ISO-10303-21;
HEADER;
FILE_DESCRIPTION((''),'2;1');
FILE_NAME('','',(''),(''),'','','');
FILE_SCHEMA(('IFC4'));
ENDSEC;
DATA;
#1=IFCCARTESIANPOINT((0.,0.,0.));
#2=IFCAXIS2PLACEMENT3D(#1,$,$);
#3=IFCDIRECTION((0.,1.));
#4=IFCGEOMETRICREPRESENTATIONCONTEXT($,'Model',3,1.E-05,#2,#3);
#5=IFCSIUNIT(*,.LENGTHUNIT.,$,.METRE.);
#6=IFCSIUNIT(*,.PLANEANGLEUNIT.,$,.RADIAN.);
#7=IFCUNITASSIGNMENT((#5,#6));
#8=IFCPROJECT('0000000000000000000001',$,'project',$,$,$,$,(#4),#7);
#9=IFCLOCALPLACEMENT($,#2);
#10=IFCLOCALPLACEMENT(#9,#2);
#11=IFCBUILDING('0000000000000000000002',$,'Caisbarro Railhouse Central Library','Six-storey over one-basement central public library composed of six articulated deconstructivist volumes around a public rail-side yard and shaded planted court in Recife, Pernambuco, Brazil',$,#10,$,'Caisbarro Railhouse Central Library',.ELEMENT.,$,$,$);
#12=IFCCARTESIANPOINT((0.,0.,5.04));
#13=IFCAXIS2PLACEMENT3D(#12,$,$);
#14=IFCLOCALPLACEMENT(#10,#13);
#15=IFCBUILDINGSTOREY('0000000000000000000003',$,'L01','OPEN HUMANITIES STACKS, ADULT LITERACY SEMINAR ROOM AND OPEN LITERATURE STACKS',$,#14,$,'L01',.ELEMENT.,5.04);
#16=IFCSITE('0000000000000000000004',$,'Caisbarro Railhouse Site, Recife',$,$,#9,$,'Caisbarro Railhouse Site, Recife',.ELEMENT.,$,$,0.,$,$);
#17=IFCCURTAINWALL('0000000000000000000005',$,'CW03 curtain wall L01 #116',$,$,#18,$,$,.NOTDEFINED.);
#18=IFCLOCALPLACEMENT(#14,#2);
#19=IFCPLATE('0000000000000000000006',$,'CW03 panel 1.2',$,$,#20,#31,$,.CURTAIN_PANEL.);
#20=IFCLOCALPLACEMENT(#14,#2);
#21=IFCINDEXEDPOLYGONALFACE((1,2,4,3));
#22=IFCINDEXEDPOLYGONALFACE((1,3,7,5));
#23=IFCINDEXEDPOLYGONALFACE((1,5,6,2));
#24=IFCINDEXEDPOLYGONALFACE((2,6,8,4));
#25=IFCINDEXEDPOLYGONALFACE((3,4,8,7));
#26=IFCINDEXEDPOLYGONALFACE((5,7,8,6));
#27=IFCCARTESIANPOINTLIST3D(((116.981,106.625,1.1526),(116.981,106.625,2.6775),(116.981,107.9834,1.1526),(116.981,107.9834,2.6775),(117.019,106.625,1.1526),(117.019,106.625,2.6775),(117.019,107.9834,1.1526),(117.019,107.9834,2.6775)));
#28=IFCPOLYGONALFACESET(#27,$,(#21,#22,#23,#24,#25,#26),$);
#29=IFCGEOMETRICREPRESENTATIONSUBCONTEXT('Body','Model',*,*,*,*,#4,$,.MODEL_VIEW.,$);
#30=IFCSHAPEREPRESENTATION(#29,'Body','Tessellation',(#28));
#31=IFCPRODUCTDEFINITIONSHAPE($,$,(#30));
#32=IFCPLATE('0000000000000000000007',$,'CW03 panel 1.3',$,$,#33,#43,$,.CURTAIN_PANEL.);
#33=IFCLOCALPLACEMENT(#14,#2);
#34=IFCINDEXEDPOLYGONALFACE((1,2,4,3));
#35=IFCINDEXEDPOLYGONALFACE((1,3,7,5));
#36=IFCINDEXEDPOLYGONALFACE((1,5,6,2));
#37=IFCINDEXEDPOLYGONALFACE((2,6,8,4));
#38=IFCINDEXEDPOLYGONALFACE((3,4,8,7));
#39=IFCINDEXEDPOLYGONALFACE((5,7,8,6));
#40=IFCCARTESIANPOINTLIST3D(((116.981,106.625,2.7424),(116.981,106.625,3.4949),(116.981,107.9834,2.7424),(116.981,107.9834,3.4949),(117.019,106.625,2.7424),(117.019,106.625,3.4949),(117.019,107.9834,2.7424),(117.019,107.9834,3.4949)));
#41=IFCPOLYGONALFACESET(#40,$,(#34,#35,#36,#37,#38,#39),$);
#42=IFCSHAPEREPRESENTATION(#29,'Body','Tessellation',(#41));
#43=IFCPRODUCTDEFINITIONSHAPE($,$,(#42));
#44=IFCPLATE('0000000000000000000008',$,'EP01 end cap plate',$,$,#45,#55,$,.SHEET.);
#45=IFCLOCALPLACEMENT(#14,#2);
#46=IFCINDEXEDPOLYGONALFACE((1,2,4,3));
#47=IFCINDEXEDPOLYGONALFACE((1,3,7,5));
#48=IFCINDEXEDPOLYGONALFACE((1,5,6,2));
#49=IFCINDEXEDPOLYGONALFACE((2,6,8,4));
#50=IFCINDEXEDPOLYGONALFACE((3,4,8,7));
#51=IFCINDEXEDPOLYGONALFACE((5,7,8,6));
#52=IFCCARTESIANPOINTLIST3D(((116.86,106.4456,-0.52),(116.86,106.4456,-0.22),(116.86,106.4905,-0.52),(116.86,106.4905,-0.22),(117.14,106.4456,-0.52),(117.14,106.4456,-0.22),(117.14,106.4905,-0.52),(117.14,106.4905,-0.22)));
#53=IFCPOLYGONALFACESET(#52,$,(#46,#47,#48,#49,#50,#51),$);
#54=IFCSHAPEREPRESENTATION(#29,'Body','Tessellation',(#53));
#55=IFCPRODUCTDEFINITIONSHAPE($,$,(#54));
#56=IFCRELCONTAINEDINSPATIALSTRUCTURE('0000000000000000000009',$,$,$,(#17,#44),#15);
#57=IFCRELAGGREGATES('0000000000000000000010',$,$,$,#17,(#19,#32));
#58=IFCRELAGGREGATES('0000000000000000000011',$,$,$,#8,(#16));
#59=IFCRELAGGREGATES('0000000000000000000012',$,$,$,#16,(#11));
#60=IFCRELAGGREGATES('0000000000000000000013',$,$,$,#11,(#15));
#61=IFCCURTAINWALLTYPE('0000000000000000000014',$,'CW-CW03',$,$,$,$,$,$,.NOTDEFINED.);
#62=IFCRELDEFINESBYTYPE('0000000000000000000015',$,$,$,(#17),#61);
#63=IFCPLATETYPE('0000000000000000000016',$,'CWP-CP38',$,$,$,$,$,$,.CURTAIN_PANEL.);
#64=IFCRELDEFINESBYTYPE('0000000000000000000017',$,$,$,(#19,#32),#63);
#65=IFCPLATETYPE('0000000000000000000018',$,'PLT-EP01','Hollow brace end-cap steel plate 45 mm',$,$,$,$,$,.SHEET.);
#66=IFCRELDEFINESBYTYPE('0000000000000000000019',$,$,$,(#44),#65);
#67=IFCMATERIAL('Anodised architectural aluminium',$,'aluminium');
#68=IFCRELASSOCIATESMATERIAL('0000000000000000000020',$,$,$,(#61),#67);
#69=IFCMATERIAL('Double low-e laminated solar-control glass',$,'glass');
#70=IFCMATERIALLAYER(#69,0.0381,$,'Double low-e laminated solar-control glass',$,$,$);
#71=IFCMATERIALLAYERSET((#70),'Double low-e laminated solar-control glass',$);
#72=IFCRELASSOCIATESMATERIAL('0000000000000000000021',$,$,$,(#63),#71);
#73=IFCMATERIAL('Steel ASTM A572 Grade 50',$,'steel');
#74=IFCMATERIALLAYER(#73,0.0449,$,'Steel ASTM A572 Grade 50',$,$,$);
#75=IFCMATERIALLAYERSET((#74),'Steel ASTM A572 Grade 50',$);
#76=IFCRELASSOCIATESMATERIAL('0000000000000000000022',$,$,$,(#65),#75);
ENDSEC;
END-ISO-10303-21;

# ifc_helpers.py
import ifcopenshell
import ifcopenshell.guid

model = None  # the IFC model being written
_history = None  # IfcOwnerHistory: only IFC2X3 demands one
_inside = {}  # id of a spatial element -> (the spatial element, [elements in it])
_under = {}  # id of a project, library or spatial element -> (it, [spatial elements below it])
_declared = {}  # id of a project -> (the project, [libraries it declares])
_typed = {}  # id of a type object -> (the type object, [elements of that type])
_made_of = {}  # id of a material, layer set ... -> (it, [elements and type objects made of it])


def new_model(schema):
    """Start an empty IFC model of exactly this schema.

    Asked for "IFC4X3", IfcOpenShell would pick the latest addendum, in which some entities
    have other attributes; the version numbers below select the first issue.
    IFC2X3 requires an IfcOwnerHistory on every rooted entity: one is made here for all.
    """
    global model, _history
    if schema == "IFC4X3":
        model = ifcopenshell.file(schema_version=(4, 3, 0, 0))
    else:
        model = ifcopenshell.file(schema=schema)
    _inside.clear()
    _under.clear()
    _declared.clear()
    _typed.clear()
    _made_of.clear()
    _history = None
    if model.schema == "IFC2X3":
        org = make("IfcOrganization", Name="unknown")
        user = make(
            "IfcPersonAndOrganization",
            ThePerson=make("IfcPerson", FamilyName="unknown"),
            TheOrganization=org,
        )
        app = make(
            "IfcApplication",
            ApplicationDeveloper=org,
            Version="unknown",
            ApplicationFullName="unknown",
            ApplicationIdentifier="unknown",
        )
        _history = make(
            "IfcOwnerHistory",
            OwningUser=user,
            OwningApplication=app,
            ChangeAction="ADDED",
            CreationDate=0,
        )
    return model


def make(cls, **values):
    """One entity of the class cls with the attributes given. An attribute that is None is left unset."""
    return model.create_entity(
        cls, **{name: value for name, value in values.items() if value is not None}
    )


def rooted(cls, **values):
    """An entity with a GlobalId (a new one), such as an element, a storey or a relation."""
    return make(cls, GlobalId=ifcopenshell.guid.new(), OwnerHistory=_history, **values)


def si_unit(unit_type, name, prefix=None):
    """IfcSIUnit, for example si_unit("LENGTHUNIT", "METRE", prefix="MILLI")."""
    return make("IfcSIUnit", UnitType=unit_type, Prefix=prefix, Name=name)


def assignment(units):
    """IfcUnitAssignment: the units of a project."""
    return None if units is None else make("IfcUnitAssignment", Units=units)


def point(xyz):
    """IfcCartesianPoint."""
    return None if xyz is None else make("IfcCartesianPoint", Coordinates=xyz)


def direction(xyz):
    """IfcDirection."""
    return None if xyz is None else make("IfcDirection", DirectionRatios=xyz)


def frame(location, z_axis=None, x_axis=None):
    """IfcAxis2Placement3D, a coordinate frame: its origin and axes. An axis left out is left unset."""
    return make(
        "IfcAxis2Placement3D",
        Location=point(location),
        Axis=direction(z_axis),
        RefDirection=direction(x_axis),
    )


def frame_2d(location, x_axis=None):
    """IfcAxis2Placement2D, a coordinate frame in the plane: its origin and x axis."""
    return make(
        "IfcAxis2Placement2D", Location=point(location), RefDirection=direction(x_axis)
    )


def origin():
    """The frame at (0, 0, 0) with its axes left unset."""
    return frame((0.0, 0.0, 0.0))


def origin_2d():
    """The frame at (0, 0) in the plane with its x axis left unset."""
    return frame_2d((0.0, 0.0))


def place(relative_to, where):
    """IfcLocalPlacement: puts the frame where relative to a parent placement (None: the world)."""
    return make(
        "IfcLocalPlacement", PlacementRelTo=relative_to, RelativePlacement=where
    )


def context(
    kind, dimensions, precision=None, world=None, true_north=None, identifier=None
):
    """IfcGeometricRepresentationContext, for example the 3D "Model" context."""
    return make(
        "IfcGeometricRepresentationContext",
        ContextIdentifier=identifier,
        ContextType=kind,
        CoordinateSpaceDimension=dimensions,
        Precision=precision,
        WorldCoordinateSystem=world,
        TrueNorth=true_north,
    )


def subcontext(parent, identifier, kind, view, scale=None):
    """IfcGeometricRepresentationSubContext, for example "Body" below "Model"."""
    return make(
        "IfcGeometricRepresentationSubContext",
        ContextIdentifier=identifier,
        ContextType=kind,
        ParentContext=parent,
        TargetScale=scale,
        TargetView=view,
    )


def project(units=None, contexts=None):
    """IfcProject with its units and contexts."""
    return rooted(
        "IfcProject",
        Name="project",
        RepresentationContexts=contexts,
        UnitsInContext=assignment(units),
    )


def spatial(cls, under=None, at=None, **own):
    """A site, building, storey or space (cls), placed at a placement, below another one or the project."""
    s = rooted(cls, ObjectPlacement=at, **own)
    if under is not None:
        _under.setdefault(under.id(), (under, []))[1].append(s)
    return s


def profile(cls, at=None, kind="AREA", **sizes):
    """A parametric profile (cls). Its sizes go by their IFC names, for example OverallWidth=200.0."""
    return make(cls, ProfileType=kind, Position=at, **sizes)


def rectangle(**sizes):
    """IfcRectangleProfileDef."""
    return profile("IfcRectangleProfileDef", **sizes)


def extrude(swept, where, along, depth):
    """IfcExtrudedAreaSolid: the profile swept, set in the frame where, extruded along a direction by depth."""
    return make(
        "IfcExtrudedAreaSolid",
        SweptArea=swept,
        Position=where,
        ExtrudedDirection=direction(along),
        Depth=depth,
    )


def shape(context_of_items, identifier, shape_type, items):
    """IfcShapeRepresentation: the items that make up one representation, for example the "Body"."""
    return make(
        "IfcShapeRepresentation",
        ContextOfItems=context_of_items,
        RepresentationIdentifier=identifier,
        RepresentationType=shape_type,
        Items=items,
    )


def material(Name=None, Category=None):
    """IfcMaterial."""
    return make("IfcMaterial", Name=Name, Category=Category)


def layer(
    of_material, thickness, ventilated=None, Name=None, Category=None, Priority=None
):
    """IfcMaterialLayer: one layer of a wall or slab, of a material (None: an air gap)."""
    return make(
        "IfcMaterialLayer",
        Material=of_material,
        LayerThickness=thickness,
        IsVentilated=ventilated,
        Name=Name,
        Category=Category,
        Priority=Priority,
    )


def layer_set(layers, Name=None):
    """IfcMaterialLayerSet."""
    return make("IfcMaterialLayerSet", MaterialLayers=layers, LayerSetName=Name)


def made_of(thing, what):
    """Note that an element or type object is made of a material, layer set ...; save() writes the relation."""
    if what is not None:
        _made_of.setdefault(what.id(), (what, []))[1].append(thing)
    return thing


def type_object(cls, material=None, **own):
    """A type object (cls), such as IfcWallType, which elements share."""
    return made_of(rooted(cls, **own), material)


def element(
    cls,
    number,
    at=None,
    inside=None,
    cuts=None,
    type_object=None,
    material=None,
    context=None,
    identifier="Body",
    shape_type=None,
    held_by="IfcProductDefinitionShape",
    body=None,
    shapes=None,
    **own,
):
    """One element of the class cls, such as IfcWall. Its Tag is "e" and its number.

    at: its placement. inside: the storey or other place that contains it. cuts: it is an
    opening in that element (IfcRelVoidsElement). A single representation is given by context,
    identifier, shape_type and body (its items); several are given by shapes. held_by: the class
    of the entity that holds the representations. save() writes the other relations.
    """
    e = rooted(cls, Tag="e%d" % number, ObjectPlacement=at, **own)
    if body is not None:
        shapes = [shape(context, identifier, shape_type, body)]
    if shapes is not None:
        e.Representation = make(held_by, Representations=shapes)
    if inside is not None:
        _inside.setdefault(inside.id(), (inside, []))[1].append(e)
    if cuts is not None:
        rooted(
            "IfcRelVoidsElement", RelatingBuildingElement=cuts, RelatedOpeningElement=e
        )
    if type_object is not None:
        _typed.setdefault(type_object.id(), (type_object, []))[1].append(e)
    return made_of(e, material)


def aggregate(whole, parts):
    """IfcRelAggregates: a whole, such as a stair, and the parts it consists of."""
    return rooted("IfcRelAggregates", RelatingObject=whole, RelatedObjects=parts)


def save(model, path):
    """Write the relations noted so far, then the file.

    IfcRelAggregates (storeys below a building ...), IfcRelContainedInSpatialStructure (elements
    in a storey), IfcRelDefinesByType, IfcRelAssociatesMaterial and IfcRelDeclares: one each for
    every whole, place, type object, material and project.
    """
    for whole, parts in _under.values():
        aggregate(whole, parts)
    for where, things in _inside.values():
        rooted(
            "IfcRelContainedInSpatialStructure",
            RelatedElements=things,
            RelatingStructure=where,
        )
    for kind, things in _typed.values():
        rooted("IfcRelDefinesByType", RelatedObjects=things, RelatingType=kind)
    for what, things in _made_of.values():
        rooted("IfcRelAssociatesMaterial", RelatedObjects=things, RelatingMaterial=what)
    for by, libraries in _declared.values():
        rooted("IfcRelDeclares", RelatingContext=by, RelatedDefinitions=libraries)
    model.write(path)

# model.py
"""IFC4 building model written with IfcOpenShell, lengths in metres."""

from ifc_helpers import new_model, si_unit, direction, frame, origin, origin_2d, place, context, subcontext, project, spatial, rectangle, extrude, material, layer, layer_set, type_object, element, aggregate, save


model = new_model("IFC4")

# Units and contexts
model_context = context("Model", 3, precision=1e-05, world=origin(), true_north=direction((0.0, 1.0)))
body_context = subcontext(model_context, "Body", "Model", "MODEL_VIEW")
ifc_project = project(units=[si_unit("LENGTHUNIT", "METRE"), si_unit("PLANEANGLEUNIT", "RADIAN")], contexts=[model_context])

# Site, building, storey
site_placement = place(None, origin())
site = spatial("IfcSite", under=ifc_project, at=site_placement, Name="Caisbarro Railhouse Site, Recife", LongName="Caisbarro Railhouse Site, Recife", CompositionType="ELEMENT", RefElevation=0.0)
building_placement = place(site_placement, origin())
building = spatial("IfcBuilding", under=site, at=building_placement, Name="Caisbarro Railhouse Central Library", Description="Six-storey over one-basement central public library composed of six articulated deconstructivist volumes around a public rail-side yard and shaded planted court in Recife, Pernambuco, Brazil", LongName="Caisbarro Railhouse Central Library", CompositionType="ELEMENT")
storey_placement = place(building_placement, frame((0.0, 0.0, 5.04)))
storey = spatial("IfcBuildingStorey", under=building, at=storey_placement, Name="L01", Description="OPEN HUMANITIES STACKS, ADULT LITERACY SEMINAR ROOM AND OPEN LITERATURE STACKS", LongName="L01", CompositionType="ELEMENT", Elevation=5.04)

# Shared definitions
ifc_material_1 = material(Name="Steel ASTM A572 Grade 50", Category="steel")

# Curtain wall
ifc_material_2 = material(Name="Anodised architectural aluminium", Category="aluminium")
curtain_wall_type = type_object("IfcCurtainWallType", Name="CW-CW03", PredefinedType="NOTDEFINED", material=ifc_material_2)
curtain_wall_1_placement = place(storey_placement, origin())
curtain_wall_1 = element("IfcCurtainWall", 1, at=curtain_wall_1_placement, inside=storey, type_object=curtain_wall_type, Name="CW03 curtain wall L01 #116", PredefinedType="NOTDEFINED")

# Plates
ifc_material_3 = material(Name="Double low-e laminated solar-control glass", Category="glass")
ifc_layer_1 = layer(ifc_material_3, 0.0381, Name="Double low-e laminated solar-control glass")
ifc_layer_set_1 = layer_set([ifc_layer_1], Name="Double low-e laminated solar-control glass")
plate_type_1 = type_object("IfcPlateType", Name="CWP-CP38", PredefinedType="CURTAIN_PANEL", material=ifc_layer_set_1)
plate_1_placement = place(storey_placement, frame((117.0, 107.3042, 1.1526), z_axis=(0.0, 0.0, 1.0), x_axis=(0.0, 1.0, 0.0)))
plate_1 = element("IfcPlate", 2, at=plate_1_placement, type_object=plate_type_1, Name="CW03 panel 1.2", PredefinedType="CURTAIN_PANEL", context=body_context, shape_type="SweptSolid", body=[
    extrude(rectangle(XDim=1.3584, YDim=0.0381, at=origin_2d()), origin(), (0.0, 0.0, 1.0), 1.5249),
])
plate_2_placement = place(storey_placement, frame((117.0, 107.3042, 2.7424), z_axis=(0.0, 0.0, 1.0), x_axis=(0.0, 1.0, 0.0)))
plate_2 = element("IfcPlate", 3, at=plate_2_placement, type_object=plate_type_1, Name="CW03 panel 1.3", PredefinedType="CURTAIN_PANEL", context=body_context, shape_type="SweptSolid", body=[
    extrude(rectangle(XDim=1.3584, YDim=0.0381, at=origin_2d()), origin(), (0.0, 0.0, 1.0), 0.7524),
])
aggregate(curtain_wall_1, [plate_1, plate_2])
ifc_layer_2 = layer(ifc_material_1, 0.0449, Name="Steel ASTM A572 Grade 50")
ifc_layer_set_2 = layer_set([ifc_layer_2], Name="Steel ASTM A572 Grade 50")
plate_type_2 = type_object("IfcPlateType", Name="PLT-EP01", Description="Hollow brace end-cap steel plate 45 mm", PredefinedType="SHEET", material=ifc_layer_set_2)
plate_3_placement = place(storey_placement, frame((117.0, 106.468, -0.52), z_axis=(0.0, 0.0, 1.0), x_axis=(0.0, 1.0, 0.0)))
element("IfcPlate", 4, at=plate_3_placement, inside=storey, type_object=plate_type_2, Name="EP01 end cap plate", PredefinedType="SHEET", context=body_context, shape_type="SweptSolid", body=[
    extrude(rectangle(XDim=0.0449, YDim=0.28, at=origin_2d()), origin(), (0.0, 0.0, 1.0), 0.3),
])

save(model, "model.ifc")
